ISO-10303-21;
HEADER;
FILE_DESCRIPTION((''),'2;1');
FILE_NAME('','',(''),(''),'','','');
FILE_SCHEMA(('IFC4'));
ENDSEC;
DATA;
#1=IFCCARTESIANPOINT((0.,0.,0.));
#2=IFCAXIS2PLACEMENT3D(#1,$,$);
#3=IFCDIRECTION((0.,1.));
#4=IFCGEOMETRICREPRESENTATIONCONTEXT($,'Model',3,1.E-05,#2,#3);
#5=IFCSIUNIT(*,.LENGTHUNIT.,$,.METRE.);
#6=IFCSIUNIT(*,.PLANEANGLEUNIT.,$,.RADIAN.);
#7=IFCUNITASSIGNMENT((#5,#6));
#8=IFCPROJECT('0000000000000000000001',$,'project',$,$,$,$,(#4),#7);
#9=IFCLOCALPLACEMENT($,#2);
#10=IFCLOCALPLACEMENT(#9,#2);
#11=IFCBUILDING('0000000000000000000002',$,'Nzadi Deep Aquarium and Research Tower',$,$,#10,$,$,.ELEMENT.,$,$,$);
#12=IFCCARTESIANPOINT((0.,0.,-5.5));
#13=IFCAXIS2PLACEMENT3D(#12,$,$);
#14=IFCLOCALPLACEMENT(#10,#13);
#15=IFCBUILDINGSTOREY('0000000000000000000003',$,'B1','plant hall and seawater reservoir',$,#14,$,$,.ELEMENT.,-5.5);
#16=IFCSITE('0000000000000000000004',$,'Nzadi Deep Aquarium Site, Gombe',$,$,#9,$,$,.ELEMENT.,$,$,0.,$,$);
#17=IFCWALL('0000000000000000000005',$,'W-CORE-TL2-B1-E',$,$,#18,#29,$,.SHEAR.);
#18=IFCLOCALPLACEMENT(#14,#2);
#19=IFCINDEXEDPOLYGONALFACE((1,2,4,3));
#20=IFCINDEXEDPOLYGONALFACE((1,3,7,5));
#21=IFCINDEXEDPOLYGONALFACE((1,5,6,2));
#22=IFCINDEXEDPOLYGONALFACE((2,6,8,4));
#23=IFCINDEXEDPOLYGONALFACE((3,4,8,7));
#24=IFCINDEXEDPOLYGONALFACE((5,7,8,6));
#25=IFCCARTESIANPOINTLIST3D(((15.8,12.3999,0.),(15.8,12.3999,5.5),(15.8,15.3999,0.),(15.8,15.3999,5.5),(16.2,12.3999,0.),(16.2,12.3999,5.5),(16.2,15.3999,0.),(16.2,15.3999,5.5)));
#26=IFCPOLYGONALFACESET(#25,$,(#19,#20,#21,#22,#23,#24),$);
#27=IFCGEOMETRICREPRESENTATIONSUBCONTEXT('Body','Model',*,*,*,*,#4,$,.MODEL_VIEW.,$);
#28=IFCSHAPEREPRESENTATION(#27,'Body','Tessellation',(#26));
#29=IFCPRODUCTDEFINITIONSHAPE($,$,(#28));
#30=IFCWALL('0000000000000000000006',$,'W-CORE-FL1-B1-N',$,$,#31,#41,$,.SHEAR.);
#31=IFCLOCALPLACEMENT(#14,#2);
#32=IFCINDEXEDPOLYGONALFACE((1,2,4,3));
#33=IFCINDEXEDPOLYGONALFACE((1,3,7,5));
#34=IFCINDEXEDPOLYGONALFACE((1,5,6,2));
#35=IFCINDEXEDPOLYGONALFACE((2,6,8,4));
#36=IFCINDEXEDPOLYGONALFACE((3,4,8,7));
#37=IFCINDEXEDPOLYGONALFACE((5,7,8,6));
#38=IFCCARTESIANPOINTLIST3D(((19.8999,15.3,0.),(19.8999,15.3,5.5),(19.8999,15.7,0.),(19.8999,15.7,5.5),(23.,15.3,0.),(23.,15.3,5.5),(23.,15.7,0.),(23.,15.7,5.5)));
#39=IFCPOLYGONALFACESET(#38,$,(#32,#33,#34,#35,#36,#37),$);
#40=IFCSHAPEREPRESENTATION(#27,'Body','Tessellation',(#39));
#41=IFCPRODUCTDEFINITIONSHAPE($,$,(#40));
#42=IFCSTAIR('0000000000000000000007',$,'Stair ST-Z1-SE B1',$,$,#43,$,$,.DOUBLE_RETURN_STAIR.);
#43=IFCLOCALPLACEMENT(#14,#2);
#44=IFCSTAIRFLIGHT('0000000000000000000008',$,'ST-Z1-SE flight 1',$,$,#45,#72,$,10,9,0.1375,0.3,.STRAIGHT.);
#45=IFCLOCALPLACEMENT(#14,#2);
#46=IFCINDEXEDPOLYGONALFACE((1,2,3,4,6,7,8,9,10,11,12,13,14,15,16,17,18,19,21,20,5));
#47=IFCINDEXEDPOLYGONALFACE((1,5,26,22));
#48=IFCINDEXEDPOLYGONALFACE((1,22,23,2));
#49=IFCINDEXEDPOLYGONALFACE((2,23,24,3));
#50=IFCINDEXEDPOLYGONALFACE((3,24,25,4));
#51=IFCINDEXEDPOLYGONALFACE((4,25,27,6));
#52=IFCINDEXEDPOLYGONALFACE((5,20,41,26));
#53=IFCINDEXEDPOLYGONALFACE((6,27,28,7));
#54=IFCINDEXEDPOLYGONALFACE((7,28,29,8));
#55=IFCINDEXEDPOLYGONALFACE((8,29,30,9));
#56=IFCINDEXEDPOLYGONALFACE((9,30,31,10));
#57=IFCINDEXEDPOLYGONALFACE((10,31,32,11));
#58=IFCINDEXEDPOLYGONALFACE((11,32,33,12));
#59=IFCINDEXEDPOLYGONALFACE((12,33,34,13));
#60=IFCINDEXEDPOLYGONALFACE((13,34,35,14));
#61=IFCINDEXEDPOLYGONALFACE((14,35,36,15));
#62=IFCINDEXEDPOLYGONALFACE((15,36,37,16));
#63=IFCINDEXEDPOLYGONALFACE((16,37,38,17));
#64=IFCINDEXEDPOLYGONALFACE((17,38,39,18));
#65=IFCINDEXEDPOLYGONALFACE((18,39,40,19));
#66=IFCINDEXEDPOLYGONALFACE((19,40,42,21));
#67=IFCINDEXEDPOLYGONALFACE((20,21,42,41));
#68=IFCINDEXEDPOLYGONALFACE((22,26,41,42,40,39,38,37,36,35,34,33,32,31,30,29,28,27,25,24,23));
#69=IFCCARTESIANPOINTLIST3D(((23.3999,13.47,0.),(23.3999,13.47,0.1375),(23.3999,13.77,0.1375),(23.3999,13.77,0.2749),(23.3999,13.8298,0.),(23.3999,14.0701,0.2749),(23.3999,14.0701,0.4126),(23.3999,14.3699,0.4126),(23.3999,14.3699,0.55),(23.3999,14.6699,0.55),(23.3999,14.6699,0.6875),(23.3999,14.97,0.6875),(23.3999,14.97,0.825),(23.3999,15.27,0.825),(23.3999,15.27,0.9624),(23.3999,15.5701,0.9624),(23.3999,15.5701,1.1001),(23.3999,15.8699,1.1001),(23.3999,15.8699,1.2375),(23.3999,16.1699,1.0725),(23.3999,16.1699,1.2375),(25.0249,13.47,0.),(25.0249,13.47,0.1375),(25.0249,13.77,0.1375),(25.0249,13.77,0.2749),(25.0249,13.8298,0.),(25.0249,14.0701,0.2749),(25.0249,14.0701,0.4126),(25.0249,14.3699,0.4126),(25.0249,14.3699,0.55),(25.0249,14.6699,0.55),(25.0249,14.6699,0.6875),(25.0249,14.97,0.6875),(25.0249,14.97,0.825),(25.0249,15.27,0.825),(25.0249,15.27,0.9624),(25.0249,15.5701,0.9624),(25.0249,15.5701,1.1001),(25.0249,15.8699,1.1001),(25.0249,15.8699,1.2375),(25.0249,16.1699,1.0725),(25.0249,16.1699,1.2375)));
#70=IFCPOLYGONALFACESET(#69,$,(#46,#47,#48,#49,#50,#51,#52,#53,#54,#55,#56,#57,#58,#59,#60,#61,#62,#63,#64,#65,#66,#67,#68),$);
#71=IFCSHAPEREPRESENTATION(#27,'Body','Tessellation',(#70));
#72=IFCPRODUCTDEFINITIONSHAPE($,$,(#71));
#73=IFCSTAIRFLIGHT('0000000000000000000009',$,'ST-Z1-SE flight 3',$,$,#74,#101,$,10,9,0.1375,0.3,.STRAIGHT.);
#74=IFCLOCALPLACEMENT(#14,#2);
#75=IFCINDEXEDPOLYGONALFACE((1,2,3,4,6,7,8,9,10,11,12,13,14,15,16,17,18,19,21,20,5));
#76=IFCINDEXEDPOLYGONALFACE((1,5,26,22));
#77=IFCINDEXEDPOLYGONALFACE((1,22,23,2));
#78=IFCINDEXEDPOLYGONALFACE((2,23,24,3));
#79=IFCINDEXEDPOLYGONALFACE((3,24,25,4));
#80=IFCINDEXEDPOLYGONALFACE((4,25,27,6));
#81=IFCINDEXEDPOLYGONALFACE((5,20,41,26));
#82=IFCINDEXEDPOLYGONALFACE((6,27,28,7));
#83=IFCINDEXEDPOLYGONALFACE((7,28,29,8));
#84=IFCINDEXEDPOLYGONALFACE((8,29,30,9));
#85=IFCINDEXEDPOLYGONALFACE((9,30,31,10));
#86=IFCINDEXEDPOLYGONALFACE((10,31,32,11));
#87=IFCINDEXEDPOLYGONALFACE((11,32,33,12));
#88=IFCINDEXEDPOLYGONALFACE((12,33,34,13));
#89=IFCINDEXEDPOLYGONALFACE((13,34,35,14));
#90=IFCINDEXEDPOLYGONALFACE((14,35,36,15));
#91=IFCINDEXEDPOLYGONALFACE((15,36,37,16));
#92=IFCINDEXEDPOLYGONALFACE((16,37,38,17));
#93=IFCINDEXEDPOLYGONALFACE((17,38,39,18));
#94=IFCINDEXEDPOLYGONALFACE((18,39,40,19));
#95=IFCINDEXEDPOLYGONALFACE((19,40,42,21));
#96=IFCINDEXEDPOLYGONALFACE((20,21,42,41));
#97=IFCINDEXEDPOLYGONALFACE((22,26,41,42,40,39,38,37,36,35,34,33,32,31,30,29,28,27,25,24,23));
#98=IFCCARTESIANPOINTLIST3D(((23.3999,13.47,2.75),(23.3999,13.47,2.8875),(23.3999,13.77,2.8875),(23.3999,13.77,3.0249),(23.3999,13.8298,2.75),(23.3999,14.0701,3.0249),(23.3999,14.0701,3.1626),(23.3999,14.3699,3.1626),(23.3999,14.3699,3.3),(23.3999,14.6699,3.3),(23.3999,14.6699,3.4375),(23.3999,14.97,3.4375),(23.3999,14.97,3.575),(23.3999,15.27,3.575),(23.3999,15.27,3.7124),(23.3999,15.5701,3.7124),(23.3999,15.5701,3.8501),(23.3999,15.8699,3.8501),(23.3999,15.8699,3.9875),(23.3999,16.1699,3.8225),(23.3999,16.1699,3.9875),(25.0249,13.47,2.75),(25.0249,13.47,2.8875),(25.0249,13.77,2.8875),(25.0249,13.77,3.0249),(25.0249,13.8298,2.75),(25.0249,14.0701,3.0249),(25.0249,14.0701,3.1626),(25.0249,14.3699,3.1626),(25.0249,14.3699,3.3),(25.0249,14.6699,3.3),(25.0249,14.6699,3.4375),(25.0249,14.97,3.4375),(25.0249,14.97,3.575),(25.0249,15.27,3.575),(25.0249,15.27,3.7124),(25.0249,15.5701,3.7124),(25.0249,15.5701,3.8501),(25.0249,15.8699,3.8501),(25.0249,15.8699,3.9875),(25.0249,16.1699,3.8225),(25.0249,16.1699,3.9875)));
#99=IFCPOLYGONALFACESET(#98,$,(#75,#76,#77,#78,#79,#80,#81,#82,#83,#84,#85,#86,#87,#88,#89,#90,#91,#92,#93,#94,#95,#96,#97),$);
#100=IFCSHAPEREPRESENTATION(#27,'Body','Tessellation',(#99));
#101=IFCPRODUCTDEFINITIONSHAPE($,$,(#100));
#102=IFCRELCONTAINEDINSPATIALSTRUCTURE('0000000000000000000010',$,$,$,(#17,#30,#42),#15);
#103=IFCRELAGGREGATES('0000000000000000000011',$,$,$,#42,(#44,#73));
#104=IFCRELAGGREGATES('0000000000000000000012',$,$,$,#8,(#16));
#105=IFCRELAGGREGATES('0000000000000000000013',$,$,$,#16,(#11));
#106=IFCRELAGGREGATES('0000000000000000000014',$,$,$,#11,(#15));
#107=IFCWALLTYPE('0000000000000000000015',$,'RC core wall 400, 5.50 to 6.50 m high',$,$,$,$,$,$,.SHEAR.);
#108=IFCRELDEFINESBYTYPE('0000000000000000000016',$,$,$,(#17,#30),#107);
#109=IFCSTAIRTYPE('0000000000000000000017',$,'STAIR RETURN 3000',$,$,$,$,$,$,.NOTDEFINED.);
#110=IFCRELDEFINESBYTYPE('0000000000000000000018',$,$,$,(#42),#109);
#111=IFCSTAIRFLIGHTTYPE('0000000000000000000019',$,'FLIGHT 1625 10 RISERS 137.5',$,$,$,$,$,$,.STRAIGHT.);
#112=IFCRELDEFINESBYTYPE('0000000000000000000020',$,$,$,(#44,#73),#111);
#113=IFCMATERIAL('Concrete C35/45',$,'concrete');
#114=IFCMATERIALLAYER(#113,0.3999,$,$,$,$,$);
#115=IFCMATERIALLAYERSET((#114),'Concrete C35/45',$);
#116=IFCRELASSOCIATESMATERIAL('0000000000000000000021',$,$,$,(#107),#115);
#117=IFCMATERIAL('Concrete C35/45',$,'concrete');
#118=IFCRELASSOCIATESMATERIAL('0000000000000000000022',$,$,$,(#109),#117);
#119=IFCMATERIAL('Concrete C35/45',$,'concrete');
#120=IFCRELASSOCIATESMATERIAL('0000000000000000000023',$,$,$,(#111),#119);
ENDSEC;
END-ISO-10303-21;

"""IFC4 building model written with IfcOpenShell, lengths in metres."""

from ifc_helpers import new_model, si_unit, direction, frame, frame_2d, origin, place, context, subcontext, project, spatial, polyline, rectangle, outline, extrude, material, layer, layer_set, type_object, element, aggregate, save


model = new_model("IFC4")

# Units and contexts
model_context = context("Model", 3, precision=1e-05, world=origin(), true_north=direction((0.0, 1.0)))
body_context = subcontext(model_context, "Body", "Model", "MODEL_VIEW")
ifc_project = project(units=[si_unit("LENGTHUNIT", "METRE"), si_unit("PLANEANGLEUNIT", "RADIAN")], contexts=[model_context])

# Site, building, storey
site_placement = place(None, origin())
site = spatial("IfcSite", under=ifc_project, at=site_placement, Name="Nzadi Deep Aquarium Site, Gombe", CompositionType="ELEMENT", RefElevation=0.0)
building_placement = place(site_placement, origin())
building = spatial("IfcBuilding", under=site, at=building_placement, Name="Nzadi Deep Aquarium and Research Tower", CompositionType="ELEMENT")
storey_placement = place(building_placement, frame((0.0, 0.0, -5.5)))
storey = spatial("IfcBuildingStorey", under=building, at=storey_placement, Name="B1", Description="plant hall and seawater reservoir", CompositionType="ELEMENT", Elevation=-5.5)

# Walls
ifc_material_1 = material(Name="Concrete C35/45", Category="concrete")
ifc_layer_1 = layer(ifc_material_1, 0.3999)
ifc_layer_set_1 = layer_set([ifc_layer_1], Name="Concrete C35/45")
wall_type_1 = type_object("IfcWallType", Name="RC core wall 400, 5.50 to 6.50 m high", PredefinedType="SHEAR", material=ifc_layer_set_1)
for number, where, z_axis, x_axis, name in (
    (1, (16.0, 12.3999, 0.0), (0.0, 0.0, 1.0), (0.0, 1.0, 0.0), "W-CORE-TL2-B1-E"),
):
    element("IfcWall", number, at=place(storey_placement, frame(where, z_axis=z_axis, x_axis=x_axis)), inside=storey, type_object=wall_type_1, Name=name, PredefinedType="SHEAR", context=body_context, shape_type="SweptSolid", body=[
        extrude(rectangle(XDim=3.0, YDim=0.3999, at=frame_2d((1.5, 0.0))), origin(), (0.0, 0.0, 1.0), 5.5),
    ])
wall_1_placement = place(storey_placement, frame((19.8999, 15.5, 0.0), z_axis=(0.0, 0.0, 1.0), x_axis=(1.0, 0.0, 0.0)))
element("IfcWall", 2, at=wall_1_placement, inside=storey, type_object=wall_type_1, Name="W-CORE-FL1-B1-N", PredefinedType="SHEAR", context=body_context, shape_type="SweptSolid", body=[
    extrude(rectangle(XDim=3.1001, YDim=0.3999, at=frame_2d((1.55, 0.0))), origin(), (0.0, 0.0, 1.0), 5.5),
])

# Stair, stair flights
ifc_material_2 = material(Name="Concrete C35/45", Category="concrete")
stair_type = type_object("IfcStairType", Name="STAIR RETURN 3000", PredefinedType="NOTDEFINED", material=ifc_material_2)
stair_placement = place(storey_placement, origin())
stair = element("IfcStair", 3, at=stair_placement, inside=storey, type_object=stair_type, Name="Stair ST-Z1-SE B1", PredefinedType="DOUBLE_RETURN_STAIR")
ifc_material_3 = material(Name="Concrete C35/45", Category="concrete")
stair_flight_type = type_object("IfcStairFlightType", Name="FLIGHT 1625 10 RISERS 137.5", PredefinedType="STRAIGHT", material=ifc_material_3)
stair_flight_1_placement = place(storey_placement, frame((24.2124, 13.47, 0.0), z_axis=(0.0, 0.0, 1.0), x_axis=(0.0, 1.0, 0.0)))
stair_flight_1 = element("IfcStairFlight", 4, at=stair_flight_1_placement, type_object=stair_flight_type, Name="ST-Z1-SE flight 1", NumberOfRisers=10, NumberOfTreads=9, PredefinedType="STRAIGHT", RiserHeight=0.1375, TreadLength=0.3, context=body_context, shape_type="SweptSolid", body=[
    extrude(outline(polyline([(0.0, 0.0), (0.0, 0.1375), (0.3, 0.1375), (0.3, 0.2749), (0.6001, 0.2749), (0.6001, 0.4126), (0.8999, 0.4126), (0.8999, 0.55), (1.2, 0.55), (1.2, 0.6875), (1.5, 0.6875), (1.5, 0.825), (1.8, 0.825), (1.8, 0.9624), (2.1001, 0.9624), (2.1001, 1.1001), (2.3999, 1.1001), (2.3999, 1.2375), (2.7, 1.2375), (2.7, 1.375), (2.7, 1.0725), (0.3599, 0.0), (0.0, 0.0)])), frame((0.0, 0.8125, 0.0), z_axis=(0.0, -1.0, 0.0), x_axis=(1.0, 0.0, 0.0)), (0.0, 0.0, 1.0), 1.625),
])
stair_flight_2_placement = place(storey_placement, frame((24.2124, 13.47, 2.75), z_axis=(0.0, 0.0, 1.0), x_axis=(0.0, 1.0, 0.0)))
stair_flight_2 = element("IfcStairFlight", 5, at=stair_flight_2_placement, type_object=stair_flight_type, Name="ST-Z1-SE flight 3", NumberOfRisers=10, NumberOfTreads=9, PredefinedType="STRAIGHT", RiserHeight=0.1375, TreadLength=0.3, context=body_context, shape_type="SweptSolid", body=[
    extrude(outline(polyline([(0.0, 0.0), (0.0, 0.1375), (0.3, 0.1375), (0.3, 0.2749), (0.6001, 0.2749), (0.6001, 0.4126), (0.8999, 0.4126), (0.8999, 0.55), (1.2, 0.55), (1.2, 0.6875), (1.5, 0.6875), (1.5, 0.825), (1.8, 0.825), (1.8, 0.9624), (2.1001, 0.9624), (2.1001, 1.1001), (2.3999, 1.1001), (2.3999, 1.2375), (2.7, 1.2375), (2.7, 1.375), (2.7, 1.0725), (0.3599, 0.0), (0.0, 0.0)])), frame((0.0, 0.8125, 0.0), z_axis=(0.0, -1.0, 0.0), x_axis=(1.0, 0.0, 0.0)), (0.0, 0.0, 1.0), 1.625),
])
aggregate(stair, [stair_flight_1, stair_flight_2])

save(model, "model.ifc")
